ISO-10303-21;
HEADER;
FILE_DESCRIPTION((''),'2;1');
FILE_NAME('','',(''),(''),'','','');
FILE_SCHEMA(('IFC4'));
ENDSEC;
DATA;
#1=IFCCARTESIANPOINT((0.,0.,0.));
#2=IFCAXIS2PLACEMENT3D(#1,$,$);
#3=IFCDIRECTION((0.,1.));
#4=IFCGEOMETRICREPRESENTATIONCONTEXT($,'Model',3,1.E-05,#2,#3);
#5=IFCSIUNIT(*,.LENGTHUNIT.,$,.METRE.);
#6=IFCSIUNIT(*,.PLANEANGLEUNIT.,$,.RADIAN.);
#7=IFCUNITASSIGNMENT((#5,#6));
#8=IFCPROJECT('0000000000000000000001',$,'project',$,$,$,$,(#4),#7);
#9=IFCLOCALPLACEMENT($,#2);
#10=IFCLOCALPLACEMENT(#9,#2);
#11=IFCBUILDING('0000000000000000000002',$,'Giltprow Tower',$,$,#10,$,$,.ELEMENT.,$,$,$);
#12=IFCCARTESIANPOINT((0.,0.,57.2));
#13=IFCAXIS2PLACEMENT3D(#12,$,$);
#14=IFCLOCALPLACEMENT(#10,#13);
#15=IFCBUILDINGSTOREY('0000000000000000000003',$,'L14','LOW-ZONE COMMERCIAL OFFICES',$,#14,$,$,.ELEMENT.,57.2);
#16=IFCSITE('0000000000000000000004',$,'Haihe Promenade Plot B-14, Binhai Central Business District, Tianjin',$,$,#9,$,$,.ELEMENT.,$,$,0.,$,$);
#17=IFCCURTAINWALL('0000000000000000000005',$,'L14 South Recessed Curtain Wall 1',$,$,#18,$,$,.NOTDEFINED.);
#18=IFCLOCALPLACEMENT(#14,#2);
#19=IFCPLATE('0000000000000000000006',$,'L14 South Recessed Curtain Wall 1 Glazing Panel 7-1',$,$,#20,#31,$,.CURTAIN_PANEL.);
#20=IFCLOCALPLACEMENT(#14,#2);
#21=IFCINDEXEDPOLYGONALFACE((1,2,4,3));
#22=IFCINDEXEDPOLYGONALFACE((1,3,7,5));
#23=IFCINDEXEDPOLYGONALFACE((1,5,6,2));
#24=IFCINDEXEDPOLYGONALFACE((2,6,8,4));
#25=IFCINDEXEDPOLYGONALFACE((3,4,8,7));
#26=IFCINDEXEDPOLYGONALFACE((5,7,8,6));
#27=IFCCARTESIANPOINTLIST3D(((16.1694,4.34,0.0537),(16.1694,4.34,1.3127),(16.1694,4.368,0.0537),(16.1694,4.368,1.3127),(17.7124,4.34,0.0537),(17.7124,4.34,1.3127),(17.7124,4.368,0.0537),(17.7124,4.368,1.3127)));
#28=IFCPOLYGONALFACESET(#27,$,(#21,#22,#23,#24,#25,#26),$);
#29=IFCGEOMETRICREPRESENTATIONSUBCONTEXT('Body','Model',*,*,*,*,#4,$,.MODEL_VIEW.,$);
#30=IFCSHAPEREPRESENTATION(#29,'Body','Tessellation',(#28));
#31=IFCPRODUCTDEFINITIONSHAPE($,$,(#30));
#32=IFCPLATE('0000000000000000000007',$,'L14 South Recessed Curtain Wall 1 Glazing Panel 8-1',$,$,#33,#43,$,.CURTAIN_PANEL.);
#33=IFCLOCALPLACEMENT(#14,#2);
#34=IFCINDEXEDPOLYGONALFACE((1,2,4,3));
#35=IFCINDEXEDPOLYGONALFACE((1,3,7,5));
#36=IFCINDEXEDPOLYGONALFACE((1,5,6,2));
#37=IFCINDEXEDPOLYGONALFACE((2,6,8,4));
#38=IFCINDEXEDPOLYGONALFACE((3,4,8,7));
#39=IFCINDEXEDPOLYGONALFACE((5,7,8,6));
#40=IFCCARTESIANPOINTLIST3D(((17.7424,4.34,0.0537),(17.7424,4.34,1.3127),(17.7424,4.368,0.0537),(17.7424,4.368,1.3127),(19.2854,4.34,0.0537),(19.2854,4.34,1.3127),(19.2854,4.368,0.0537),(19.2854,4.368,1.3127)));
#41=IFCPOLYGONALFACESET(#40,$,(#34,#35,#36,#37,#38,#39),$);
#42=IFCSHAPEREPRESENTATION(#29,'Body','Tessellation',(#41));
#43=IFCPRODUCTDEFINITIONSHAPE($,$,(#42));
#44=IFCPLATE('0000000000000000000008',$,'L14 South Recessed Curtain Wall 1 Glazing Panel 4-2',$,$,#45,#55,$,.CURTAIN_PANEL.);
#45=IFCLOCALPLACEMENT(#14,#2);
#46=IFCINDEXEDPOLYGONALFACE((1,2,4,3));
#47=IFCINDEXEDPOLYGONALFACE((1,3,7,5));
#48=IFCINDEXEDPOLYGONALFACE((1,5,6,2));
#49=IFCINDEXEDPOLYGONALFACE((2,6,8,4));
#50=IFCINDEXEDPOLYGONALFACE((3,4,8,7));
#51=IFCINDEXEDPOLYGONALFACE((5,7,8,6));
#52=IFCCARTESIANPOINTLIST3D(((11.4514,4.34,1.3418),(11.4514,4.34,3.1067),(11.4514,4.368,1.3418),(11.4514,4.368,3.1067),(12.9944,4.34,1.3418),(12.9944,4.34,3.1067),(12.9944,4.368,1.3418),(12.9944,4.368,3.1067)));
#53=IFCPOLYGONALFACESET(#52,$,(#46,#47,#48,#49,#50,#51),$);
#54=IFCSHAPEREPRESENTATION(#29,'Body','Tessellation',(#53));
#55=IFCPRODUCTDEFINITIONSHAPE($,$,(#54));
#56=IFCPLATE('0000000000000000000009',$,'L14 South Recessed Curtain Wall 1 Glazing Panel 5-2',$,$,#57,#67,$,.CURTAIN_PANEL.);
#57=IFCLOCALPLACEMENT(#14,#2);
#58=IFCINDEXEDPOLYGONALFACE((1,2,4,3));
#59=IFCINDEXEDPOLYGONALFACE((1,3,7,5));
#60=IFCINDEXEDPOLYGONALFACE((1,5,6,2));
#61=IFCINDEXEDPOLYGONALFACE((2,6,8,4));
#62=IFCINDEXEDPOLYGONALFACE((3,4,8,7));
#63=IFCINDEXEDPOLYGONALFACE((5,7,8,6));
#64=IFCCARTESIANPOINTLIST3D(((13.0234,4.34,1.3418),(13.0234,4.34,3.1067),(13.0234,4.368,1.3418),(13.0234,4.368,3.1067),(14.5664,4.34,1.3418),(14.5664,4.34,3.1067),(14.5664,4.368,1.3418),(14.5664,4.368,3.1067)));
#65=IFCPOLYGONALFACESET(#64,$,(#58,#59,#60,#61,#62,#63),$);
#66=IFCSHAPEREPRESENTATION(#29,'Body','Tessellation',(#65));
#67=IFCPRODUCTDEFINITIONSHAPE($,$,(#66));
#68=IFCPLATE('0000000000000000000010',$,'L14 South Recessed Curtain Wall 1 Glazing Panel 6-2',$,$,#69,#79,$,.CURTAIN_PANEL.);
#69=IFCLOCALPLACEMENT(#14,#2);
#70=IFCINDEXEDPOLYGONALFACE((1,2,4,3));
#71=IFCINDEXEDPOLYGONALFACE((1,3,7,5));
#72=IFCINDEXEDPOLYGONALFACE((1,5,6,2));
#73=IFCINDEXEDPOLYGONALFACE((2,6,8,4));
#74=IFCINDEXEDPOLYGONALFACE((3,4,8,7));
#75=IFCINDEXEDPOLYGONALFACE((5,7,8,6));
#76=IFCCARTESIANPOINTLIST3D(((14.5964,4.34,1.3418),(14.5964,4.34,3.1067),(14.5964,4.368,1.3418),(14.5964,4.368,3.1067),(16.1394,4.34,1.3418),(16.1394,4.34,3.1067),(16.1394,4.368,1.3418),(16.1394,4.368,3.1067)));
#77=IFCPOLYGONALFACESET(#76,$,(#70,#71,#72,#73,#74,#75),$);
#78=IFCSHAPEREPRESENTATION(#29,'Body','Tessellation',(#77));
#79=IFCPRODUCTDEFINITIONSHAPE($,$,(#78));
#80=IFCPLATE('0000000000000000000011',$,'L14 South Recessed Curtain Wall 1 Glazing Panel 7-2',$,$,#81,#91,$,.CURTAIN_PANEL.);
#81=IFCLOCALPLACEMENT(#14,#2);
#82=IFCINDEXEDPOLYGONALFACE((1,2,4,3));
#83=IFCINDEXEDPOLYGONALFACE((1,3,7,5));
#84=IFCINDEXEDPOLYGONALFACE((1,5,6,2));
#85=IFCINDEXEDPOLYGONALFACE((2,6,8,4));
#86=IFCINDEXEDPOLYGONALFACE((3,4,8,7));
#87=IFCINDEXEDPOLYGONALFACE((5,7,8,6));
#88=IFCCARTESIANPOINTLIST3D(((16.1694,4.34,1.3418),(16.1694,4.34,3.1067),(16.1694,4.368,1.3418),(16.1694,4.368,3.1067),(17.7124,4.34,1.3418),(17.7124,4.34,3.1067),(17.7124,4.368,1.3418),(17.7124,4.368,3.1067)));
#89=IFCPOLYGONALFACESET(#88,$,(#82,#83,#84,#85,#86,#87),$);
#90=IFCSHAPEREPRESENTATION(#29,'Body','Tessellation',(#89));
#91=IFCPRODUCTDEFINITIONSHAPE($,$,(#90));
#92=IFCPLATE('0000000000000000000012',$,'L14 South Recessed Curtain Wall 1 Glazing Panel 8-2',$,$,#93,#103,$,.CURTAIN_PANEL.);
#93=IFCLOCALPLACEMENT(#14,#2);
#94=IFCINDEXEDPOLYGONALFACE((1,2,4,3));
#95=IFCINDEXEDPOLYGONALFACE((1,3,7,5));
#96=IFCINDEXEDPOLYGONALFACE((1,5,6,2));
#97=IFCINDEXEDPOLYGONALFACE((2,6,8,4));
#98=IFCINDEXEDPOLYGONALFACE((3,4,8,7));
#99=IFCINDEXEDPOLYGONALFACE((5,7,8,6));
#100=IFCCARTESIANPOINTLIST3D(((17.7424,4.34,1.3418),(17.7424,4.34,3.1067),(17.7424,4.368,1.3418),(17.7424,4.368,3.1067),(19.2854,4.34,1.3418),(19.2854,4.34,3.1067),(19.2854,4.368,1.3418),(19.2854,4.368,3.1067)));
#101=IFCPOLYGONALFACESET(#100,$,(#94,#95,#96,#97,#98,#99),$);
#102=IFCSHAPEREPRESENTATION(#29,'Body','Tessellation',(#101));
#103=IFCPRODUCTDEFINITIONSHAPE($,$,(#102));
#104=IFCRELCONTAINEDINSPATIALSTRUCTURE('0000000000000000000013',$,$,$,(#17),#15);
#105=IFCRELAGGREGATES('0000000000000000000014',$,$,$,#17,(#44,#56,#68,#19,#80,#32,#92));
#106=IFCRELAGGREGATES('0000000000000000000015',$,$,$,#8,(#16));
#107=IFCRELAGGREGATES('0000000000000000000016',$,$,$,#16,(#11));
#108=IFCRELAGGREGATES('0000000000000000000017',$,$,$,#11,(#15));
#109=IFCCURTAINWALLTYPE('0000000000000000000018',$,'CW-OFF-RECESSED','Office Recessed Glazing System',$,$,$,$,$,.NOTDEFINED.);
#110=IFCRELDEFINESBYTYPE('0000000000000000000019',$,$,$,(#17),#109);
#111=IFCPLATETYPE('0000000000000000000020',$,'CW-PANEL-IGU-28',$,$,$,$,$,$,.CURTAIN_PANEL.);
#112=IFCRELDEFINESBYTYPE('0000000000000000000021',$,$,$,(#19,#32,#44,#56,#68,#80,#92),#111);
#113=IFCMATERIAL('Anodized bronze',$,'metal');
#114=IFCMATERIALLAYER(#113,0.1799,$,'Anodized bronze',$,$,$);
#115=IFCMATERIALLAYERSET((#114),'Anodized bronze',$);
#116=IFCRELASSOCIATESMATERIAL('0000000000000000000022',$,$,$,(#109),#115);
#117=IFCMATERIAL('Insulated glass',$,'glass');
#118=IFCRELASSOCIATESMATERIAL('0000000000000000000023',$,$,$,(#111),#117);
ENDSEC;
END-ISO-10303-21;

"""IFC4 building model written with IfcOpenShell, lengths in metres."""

from ifc_helpers import new_model, si_unit, direction, frame, origin, origin_2d, place, context, subcontext, project, spatial, rectangle, extrude, source, transform, mapped, material, layer, layer_set, type_object, element, aggregate, save


model = new_model("IFC4")

# Units and contexts
model_context = context("Model", 3, precision=1e-05, world=origin(), true_north=direction((0.0, 1.0)))
body_context = subcontext(model_context, "Body", "Model", "MODEL_VIEW")
ifc_project = project(units=[si_unit("LENGTHUNIT", "METRE"), si_unit("PLANEANGLEUNIT", "RADIAN")], contexts=[model_context])

# Site, building, storey
site_placement = place(None, origin())
site = spatial("IfcSite", under=ifc_project, at=site_placement, Name="Haihe Promenade Plot B-14, Binhai Central Business District, Tianjin", CompositionType="ELEMENT", RefElevation=0.0)
building_placement = place(site_placement, origin())
building = spatial("IfcBuilding", under=site, at=building_placement, Name="Giltprow Tower", CompositionType="ELEMENT")
storey_placement = place(building_placement, frame((0.0, 0.0, 57.2)))
storey = spatial("IfcBuildingStorey", under=building, at=storey_placement, Name="L14", Description="LOW-ZONE COMMERCIAL OFFICES", CompositionType="ELEMENT", Elevation=57.2)

# Curtain wall
ifc_material_1 = material(Name="Anodized bronze", Category="metal")
ifc_layer = layer(ifc_material_1, 0.1799, Name="Anodized bronze")
ifc_layer_set = layer_set([ifc_layer], Name="Anodized bronze")
curtain_wall_type = type_object("IfcCurtainWallType", Name="CW-OFF-RECESSED", Description="Office Recessed Glazing System", PredefinedType="NOTDEFINED", material=ifc_layer_set)
curtain_wall_placement = place(storey_placement, origin())
curtain_wall = element("IfcCurtainWall", 1, at=curtain_wall_placement, inside=storey, type_object=curtain_wall_type, Name="L14 South Recessed Curtain Wall 1", PredefinedType="NOTDEFINED")

# Plates
ifc_material_2 = material(Name="Insulated glass", Category="glass")
plate_type_1 = type_object("IfcPlateType", Name="CW-PANEL-IGU-28", PredefinedType="CURTAIN_PANEL", material=ifc_material_2)
shared_shape_1 = source(origin(), body_context, "Body", "SweptSolid", [
    extrude(rectangle(XDim=1.543, YDim=0.0281, at=origin_2d()), origin(), (0.0, 0.0, 1.0), 1.259),
])
plate_1_placement = place(storey_placement, frame((16.9409, 4.354, 0.0537), z_axis=(0.0, 0.0, 1.0), x_axis=(1.0, 0.0, 0.0)))
plate_1 = element("IfcPlate", 2, at=plate_1_placement, type_object=plate_type_1, Name="L14 South Recessed Curtain Wall 1 Glazing Panel 7-1", PredefinedType="CURTAIN_PANEL", context=body_context, shape_type="MappedRepresentation", body=[
    mapped(shared_shape_1, transform((0.0, 0.0, 0.0), x_axis=(1.0, 0.0, 0.0), y_axis=(0.0, 1.0, 0.0), z_axis=(0.0, 0.0, 1.0), scale=1.0)),
])
plate_2_placement = place(storey_placement, frame((18.5139, 4.354, 0.0537), z_axis=(0.0, 0.0, 1.0), x_axis=(1.0, 0.0, 0.0)))
plate_2 = element("IfcPlate", 3, at=plate_2_placement, type_object=plate_type_1, Name="L14 South Recessed Curtain Wall 1 Glazing Panel 8-1", PredefinedType="CURTAIN_PANEL", context=body_context, shape_type="MappedRepresentation", body=[
    mapped(shared_shape_1, transform((0.0, 0.0, 0.0), x_axis=(1.0, 0.0, 0.0), y_axis=(0.0, 1.0, 0.0), z_axis=(0.0, 0.0, 1.0), scale=1.0)),
])
shared_shape_2 = source(origin(), body_context, "Body", "SweptSolid", [
    extrude(rectangle(XDim=1.543, YDim=0.0281, at=origin_2d()), origin(), (0.0, 0.0, 1.0), 1.7649),
])
plate_3_placement = place(storey_placement, frame((12.2229, 4.354, 1.3418), z_axis=(0.0, 0.0, 1.0), x_axis=(1.0, 0.0, 0.0)))
plate_3 = element("IfcPlate", 4, at=plate_3_placement, type_object=plate_type_1, Name="L14 South Recessed Curtain Wall 1 Glazing Panel 4-2", PredefinedType="CURTAIN_PANEL", context=body_context, shape_type="MappedRepresentation", body=[
    mapped(shared_shape_2, transform((0.0, 0.0, 0.0), x_axis=(1.0, 0.0, 0.0), y_axis=(0.0, 1.0, 0.0), z_axis=(0.0, 0.0, 1.0), scale=1.0)),
])
plate_4_placement = place(storey_placement, frame((13.7949, 4.354, 1.3418), z_axis=(0.0, 0.0, 1.0), x_axis=(1.0, 0.0, 0.0)))
plate_4 = element("IfcPlate", 5, at=plate_4_placement, type_object=plate_type_1, Name="L14 South Recessed Curtain Wall 1 Glazing Panel 5-2", PredefinedType="CURTAIN_PANEL", context=body_context, shape_type="MappedRepresentation", body=[
    mapped(shared_shape_2, transform((0.0, 0.0, 0.0), x_axis=(1.0, 0.0, 0.0), y_axis=(0.0, 1.0, 0.0), z_axis=(0.0, 0.0, 1.0), scale=1.0)),
])
plate_5_placement = place(storey_placement, frame((15.3679, 4.354, 1.3418), z_axis=(0.0, 0.0, 1.0), x_axis=(1.0, 0.0, 0.0)))
plate_5 = element("IfcPlate", 6, at=plate_5_placement, type_object=plate_type_1, Name="L14 South Recessed Curtain Wall 1 Glazing Panel 6-2", PredefinedType="CURTAIN_PANEL", context=body_context, shape_type="MappedRepresentation", body=[
    mapped(shared_shape_2, transform((0.0, 0.0, 0.0), x_axis=(1.0, 0.0, 0.0), y_axis=(0.0, 1.0, 0.0), z_axis=(0.0, 0.0, 1.0), scale=1.0)),
])
plate_6_placement = place(storey_placement, frame((16.9409, 4.354, 1.3418), z_axis=(0.0, 0.0, 1.0), x_axis=(1.0, 0.0, 0.0)))
plate_6 = element("IfcPlate", 7, at=plate_6_placement, type_object=plate_type_1, Name="L14 South Recessed Curtain Wall 1 Glazing Panel 7-2", PredefinedType="CURTAIN_PANEL", context=body_context, shape_type="MappedRepresentation", body=[
    mapped(shared_shape_2, transform((0.0, 0.0, 0.0), x_axis=(1.0, 0.0, 0.0), y_axis=(0.0, 1.0, 0.0), z_axis=(0.0, 0.0, 1.0), scale=1.0)),
])
plate_7_placement = place(storey_placement, frame((18.5139, 4.354, 1.3418), z_axis=(0.0, 0.0, 1.0), x_axis=(1.0, 0.0, 0.0)))
plate_7 = element("IfcPlate", 8, at=plate_7_placement, type_object=plate_type_1, Name="L14 South Recessed Curtain Wall 1 Glazing Panel 8-2", PredefinedType="CURTAIN_PANEL", context=body_context, shape_type="MappedRepresentation", body=[
    mapped(shared_shape_2, transform((0.0, 0.0, 0.0), x_axis=(1.0, 0.0, 0.0), y_axis=(0.0, 1.0, 0.0), z_axis=(0.0, 0.0, 1.0), scale=1.0)),
])
aggregate(curtain_wall, [plate_3, plate_4, plate_5, plate_1, plate_6, plate_2, plate_7])

save(model, "model.ifc")
